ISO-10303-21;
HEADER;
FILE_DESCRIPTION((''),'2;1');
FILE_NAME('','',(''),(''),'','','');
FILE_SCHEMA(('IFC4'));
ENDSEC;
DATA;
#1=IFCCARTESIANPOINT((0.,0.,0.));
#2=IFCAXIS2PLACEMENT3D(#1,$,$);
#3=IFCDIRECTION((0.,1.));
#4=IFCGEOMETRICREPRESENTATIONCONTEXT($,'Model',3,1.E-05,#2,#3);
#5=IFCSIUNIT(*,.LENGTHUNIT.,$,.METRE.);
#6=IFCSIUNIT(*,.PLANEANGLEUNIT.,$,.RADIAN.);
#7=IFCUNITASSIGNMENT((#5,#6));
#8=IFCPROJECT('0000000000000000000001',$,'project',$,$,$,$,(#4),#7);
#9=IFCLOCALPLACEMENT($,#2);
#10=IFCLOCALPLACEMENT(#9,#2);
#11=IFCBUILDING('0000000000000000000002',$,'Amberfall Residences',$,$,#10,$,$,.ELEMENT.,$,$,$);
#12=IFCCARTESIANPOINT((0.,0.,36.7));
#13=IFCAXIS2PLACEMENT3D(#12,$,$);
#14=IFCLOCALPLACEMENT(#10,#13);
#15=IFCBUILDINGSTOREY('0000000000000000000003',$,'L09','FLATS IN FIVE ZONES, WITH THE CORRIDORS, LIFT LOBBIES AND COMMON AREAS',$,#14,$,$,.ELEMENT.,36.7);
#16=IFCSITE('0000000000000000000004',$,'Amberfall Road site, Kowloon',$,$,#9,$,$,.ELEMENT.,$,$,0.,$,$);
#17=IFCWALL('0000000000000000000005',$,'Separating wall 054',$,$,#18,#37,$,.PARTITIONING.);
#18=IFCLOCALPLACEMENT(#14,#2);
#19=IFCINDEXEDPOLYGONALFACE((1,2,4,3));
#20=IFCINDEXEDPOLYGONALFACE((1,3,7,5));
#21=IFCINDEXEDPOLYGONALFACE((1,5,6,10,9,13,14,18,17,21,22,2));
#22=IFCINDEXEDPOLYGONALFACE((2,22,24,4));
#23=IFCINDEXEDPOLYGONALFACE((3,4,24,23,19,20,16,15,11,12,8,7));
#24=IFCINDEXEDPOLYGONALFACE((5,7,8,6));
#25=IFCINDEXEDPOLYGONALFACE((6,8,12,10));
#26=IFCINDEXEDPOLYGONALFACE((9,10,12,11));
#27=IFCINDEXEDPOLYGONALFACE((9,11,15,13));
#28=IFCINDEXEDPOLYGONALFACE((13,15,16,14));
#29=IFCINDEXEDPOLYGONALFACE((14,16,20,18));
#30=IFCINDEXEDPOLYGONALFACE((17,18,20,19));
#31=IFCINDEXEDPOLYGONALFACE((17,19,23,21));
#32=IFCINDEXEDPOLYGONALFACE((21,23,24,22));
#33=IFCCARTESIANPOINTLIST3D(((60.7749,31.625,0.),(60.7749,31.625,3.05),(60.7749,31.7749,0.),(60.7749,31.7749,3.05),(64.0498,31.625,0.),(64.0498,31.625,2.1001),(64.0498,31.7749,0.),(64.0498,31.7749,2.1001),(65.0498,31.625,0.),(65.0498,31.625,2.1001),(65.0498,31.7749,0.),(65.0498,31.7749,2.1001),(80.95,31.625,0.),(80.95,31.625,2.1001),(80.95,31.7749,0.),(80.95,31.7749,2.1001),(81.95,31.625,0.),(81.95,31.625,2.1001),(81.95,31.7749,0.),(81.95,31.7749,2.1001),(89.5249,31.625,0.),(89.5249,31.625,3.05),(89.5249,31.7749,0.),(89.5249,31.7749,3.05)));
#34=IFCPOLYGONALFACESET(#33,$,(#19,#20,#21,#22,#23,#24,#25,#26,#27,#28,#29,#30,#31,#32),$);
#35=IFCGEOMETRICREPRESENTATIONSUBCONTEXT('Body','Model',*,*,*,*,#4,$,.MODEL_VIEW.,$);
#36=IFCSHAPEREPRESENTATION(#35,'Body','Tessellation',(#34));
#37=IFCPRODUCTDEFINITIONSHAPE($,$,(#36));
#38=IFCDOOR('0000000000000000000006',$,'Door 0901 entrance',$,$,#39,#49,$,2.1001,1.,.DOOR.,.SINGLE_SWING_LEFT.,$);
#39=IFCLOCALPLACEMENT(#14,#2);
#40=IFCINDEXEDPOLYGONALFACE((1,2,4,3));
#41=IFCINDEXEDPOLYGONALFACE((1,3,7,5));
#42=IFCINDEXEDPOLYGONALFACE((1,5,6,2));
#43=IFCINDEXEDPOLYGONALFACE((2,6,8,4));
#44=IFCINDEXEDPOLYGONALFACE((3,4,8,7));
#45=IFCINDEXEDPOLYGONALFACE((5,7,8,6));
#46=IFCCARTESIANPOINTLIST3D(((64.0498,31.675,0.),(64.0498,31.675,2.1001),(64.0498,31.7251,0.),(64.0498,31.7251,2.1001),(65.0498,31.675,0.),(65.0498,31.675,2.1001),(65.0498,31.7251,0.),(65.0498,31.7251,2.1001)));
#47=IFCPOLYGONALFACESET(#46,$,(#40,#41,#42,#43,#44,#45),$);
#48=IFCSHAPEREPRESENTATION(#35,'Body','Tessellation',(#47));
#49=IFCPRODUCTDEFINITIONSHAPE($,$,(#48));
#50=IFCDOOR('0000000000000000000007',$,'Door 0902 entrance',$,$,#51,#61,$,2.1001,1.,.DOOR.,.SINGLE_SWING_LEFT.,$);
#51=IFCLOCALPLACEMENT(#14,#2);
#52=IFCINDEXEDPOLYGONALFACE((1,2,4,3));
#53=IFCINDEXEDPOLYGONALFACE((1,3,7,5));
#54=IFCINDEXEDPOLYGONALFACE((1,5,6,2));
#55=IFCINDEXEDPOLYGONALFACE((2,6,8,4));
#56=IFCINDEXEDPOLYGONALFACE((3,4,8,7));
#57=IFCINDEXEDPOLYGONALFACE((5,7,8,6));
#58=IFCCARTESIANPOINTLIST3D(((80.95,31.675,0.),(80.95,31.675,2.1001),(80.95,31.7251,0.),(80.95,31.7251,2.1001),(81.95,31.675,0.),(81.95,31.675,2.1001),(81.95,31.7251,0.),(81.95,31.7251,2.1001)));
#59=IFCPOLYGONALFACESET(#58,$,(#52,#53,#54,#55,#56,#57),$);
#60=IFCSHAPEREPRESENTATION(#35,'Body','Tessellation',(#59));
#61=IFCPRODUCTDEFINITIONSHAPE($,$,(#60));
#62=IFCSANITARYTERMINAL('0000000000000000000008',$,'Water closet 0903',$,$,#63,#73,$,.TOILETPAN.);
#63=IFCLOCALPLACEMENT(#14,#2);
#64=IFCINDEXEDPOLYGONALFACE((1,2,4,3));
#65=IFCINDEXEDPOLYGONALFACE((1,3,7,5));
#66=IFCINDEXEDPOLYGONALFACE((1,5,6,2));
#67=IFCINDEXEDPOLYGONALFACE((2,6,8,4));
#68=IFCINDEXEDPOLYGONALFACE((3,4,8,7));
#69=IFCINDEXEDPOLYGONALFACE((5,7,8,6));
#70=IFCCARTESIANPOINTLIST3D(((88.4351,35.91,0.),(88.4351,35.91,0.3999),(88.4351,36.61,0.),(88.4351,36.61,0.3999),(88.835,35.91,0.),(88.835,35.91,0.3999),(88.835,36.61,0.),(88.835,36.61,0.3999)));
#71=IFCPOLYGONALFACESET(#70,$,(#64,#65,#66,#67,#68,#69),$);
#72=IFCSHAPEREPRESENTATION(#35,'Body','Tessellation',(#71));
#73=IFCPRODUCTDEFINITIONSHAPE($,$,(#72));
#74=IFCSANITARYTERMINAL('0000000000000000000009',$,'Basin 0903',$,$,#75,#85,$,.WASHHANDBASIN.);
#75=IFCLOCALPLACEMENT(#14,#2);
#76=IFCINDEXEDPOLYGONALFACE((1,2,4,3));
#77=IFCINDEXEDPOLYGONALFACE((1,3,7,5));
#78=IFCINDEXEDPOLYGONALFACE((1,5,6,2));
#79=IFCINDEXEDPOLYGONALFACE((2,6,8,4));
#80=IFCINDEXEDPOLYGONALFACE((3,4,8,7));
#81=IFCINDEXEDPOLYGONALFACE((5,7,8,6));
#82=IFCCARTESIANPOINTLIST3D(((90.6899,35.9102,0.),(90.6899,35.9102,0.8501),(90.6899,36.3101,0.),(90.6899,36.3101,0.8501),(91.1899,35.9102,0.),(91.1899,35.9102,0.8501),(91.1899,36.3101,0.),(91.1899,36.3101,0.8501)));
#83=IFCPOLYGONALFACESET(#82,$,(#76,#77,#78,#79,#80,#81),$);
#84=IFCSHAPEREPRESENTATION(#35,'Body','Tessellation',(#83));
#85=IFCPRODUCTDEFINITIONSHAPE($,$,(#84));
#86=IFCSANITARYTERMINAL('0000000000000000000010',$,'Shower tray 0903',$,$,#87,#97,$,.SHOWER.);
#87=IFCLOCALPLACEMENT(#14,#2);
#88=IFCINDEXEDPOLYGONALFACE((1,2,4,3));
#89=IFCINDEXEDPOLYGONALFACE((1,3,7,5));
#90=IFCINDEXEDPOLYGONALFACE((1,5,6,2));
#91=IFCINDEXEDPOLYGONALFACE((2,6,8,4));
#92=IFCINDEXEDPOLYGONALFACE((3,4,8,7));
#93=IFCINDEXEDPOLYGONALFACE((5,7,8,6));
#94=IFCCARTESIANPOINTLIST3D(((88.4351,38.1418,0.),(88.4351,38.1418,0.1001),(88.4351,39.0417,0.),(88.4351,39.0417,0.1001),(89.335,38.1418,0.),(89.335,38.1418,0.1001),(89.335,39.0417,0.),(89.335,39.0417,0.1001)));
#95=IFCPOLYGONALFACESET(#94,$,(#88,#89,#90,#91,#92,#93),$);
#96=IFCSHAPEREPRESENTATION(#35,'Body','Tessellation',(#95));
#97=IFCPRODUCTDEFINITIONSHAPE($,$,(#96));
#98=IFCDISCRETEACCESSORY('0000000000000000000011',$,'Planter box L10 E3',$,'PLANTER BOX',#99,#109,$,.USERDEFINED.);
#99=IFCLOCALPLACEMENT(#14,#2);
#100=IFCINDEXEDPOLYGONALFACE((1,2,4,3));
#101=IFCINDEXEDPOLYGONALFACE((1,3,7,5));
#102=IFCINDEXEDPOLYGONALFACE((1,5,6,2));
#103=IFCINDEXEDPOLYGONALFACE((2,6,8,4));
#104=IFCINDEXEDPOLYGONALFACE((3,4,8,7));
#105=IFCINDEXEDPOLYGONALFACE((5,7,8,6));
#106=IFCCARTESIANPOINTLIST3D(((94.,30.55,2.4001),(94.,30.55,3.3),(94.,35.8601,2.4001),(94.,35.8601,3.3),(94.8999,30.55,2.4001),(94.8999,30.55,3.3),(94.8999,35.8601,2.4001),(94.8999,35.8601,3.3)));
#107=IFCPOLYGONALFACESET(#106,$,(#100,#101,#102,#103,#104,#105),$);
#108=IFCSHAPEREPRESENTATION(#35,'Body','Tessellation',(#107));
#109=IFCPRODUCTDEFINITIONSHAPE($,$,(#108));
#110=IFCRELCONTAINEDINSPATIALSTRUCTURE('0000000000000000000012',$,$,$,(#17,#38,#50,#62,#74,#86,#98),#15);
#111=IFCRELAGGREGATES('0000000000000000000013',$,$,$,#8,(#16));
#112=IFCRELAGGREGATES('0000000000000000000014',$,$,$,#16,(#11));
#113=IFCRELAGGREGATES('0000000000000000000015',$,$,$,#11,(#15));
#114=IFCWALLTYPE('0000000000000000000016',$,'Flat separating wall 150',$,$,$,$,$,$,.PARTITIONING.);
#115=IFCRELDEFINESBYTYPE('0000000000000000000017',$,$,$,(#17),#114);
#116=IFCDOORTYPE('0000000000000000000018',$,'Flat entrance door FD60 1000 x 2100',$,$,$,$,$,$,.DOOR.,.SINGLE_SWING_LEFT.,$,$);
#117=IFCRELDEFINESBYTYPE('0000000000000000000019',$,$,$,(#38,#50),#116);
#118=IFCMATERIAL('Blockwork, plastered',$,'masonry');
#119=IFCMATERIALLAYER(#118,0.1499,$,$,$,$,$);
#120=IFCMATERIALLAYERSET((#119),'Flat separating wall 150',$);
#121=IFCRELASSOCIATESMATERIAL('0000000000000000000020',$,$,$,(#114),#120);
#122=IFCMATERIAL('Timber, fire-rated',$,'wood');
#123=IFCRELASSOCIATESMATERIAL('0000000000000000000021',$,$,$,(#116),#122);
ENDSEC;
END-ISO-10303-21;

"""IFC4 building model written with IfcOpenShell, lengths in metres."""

from ifc_helpers import new_model, si_unit, direction, frame, frame_2d, origin, origin_2d, place, context, subcontext, project, spatial, rectangle, extrude, material, layer, layer_set, type_object, element, fill, save


model = new_model("IFC4")

# Units and contexts
model_context = context("Model", 3, precision=1e-05, world=origin(), true_north=direction((0.0, 1.0)))
body_context = subcontext(model_context, "Body", "Model", "MODEL_VIEW")
ifc_project = project(units=[si_unit("LENGTHUNIT", "METRE"), si_unit("PLANEANGLEUNIT", "RADIAN")], contexts=[model_context])

# Site, building, storey
site_placement = place(None, origin())
site = spatial("IfcSite", under=ifc_project, at=site_placement, Name="Amberfall Road site, Kowloon", CompositionType="ELEMENT", RefElevation=0.0)
building_placement = place(site_placement, origin())
building = spatial("IfcBuilding", under=site, at=building_placement, Name="Amberfall Residences", CompositionType="ELEMENT")
storey_placement = place(building_placement, frame((0.0, 0.0, 36.7)))
storey = spatial("IfcBuildingStorey", under=building, at=storey_placement, Name="L09", Description="FLATS IN FIVE ZONES, WITH THE CORRIDORS, LIFT LOBBIES AND COMMON AREAS", CompositionType="ELEMENT", Elevation=36.7)

# Shared definitions
ifc_material_1 = material(Name="Blockwork, plastered", Category="masonry")
ifc_layer_1 = layer(ifc_material_1, 0.1499)
ifc_layer_set_1 = layer_set([ifc_layer_1], Name="Flat separating wall 150")
wall_type_1 = type_object("IfcWallType", Name="Flat separating wall 150", PredefinedType="PARTITIONING", material=ifc_layer_set_1)

# Wall, openings, doors
wall_1_placement = place(storey_placement, frame((89.5249, 31.7, 0.0), z_axis=(0.0, 0.0, 1.0), x_axis=(-1.0, 0.0, 0.0)))
wall_1 = element("IfcWall", 1, at=wall_1_placement, inside=storey, type_object=wall_type_1, Name="Separating wall 054", PredefinedType="PARTITIONING", context=body_context, shape_type="SweptSolid", body=[
    extrude(rectangle(XDim=28.75, YDim=0.1499, at=frame_2d((14.375, 0.0))), origin(), (0.0, 0.0, 1.0), 3.05),
])
opening_1_placement = place(wall_1_placement, frame((24.4751, 0.0, 0.0)))
opening_1 = element("IfcOpeningElement", 2, at=opening_1_placement, cuts=wall_1, PredefinedType="OPENING", context=body_context, shape_type="SweptSolid", body=[
    extrude(rectangle(XDim=1.0, YDim=2.1001, at=frame_2d((0.5, 1.05))), frame((0.0, 0.085, 0.0), z_axis=(0.0, -1.0, 0.0), x_axis=(1.0, 0.0, 0.0)), (0.0, 0.0, 1.0), 0.1699),
])
opening_2_placement = place(wall_1_placement, frame((7.575, 0.0, 0.0)))
opening_2 = element("IfcOpeningElement", 3, at=opening_2_placement, cuts=wall_1, PredefinedType="OPENING", context=body_context, shape_type="SweptSolid", body=[
    extrude(rectangle(XDim=1.0, YDim=2.1001, at=frame_2d((0.5, 1.05))), frame((0.0, 0.085, 0.0), z_axis=(0.0, -1.0, 0.0), x_axis=(1.0, 0.0, 0.0)), (0.0, 0.0, 1.0), 0.1699),
])
ifc_material_2 = material(Name="Timber, fire-rated", Category="wood")
door_type_1 = type_object("IfcDoorType", Name="Flat entrance door FD60 1000 x 2100", OperationType="SINGLE_SWING_LEFT", PredefinedType="DOOR", material=ifc_material_2)
door_1_placement = place(opening_1_placement, origin())
door_1 = element("IfcDoor", 4, at=door_1_placement, inside=storey, type_object=door_type_1, Name="Door 0901 entrance", OperationType="SINGLE_SWING_LEFT", OverallHeight=2.1001, OverallWidth=1.0, PredefinedType="DOOR", context=body_context, shape_type="SweptSolid", body=[
    extrude(rectangle(XDim=1.0, YDim=2.1001, at=frame_2d((0.5, 1.05))), frame((0.0, 0.0249, 0.0), z_axis=(0.0, -1.0, 0.0), x_axis=(1.0, 0.0, 0.0)), (0.0, 0.0, 1.0), 0.05),
])
fill(opening_1, door_1)
door_2_placement = place(opening_2_placement, origin())
door_2 = element("IfcDoor", 5, at=door_2_placement, inside=storey, type_object=door_type_1, Name="Door 0902 entrance", OperationType="SINGLE_SWING_LEFT", OverallHeight=2.1001, OverallWidth=1.0, PredefinedType="DOOR", context=body_context, shape_type="SweptSolid", body=[
    extrude(rectangle(XDim=1.0, YDim=2.1001, at=frame_2d((0.5, 1.05))), frame((0.0, 0.0249, 0.0), z_axis=(0.0, -1.0, 0.0), x_axis=(1.0, 0.0, 0.0)), (0.0, 0.0, 1.0), 0.05),
])
fill(opening_2, door_2)

# Sanitary terminals
sanitary_terminal_1_placement = place(storey_placement, frame((88.635, 36.26, 0.0), z_axis=(0.0, 0.0, 1.0), x_axis=(1.0, 0.0, 0.0)))
element("IfcSanitaryTerminal", 6, at=sanitary_terminal_1_placement, inside=storey, Name="Water closet 0903", PredefinedType="TOILETPAN", context=body_context, shape_type="SweptSolid", body=[
    extrude(rectangle(XDim=0.3999, YDim=0.7, at=origin_2d()), origin(), (0.0, 0.0, 1.0), 0.3999),
])
sanitary_terminal_2_placement = place(storey_placement, frame((90.9399, 36.1101, 0.0), z_axis=(0.0, 0.0, 1.0), x_axis=(1.0, 0.0, 0.0)))
element("IfcSanitaryTerminal", 7, at=sanitary_terminal_2_placement, inside=storey, Name="Basin 0903", PredefinedType="WASHHANDBASIN", context=body_context, shape_type="SweptSolid", body=[
    extrude(rectangle(XDim=0.5, YDim=0.3999, at=origin_2d()), origin(), (0.0, 0.0, 1.0), 0.8501),
])
sanitary_terminal_3_placement = place(storey_placement, frame((88.885, 38.5918, 0.0), z_axis=(0.0, 0.0, 1.0), x_axis=(1.0, 0.0, 0.0)))
element("IfcSanitaryTerminal", 8, at=sanitary_terminal_3_placement, inside=storey, Name="Shower tray 0903", PredefinedType="SHOWER", context=body_context, shape_type="SweptSolid", body=[
    extrude(rectangle(XDim=0.8999, YDim=0.8999, at=origin_2d()), origin(), (0.0, 0.0, 1.0), 0.1001),
])

# Discrete accessory
discrete_accessory_placement = place(storey_placement, frame((94.45, 33.2051, 2.4001), z_axis=(0.0, 0.0, 1.0), x_axis=(0.0, 1.0, 0.0)))
element("IfcDiscreteAccessory", 9, at=discrete_accessory_placement, inside=storey, Name="Planter box L10 E3", ObjectType="PLANTER BOX", PredefinedType="USERDEFINED", context=body_context, shape_type="SweptSolid", body=[
    extrude(rectangle(XDim=5.3101, YDim=0.8999, at=origin_2d()), origin(), (0.0, 0.0, 1.0), 0.8999),
])

save(model, "model.ifc")
